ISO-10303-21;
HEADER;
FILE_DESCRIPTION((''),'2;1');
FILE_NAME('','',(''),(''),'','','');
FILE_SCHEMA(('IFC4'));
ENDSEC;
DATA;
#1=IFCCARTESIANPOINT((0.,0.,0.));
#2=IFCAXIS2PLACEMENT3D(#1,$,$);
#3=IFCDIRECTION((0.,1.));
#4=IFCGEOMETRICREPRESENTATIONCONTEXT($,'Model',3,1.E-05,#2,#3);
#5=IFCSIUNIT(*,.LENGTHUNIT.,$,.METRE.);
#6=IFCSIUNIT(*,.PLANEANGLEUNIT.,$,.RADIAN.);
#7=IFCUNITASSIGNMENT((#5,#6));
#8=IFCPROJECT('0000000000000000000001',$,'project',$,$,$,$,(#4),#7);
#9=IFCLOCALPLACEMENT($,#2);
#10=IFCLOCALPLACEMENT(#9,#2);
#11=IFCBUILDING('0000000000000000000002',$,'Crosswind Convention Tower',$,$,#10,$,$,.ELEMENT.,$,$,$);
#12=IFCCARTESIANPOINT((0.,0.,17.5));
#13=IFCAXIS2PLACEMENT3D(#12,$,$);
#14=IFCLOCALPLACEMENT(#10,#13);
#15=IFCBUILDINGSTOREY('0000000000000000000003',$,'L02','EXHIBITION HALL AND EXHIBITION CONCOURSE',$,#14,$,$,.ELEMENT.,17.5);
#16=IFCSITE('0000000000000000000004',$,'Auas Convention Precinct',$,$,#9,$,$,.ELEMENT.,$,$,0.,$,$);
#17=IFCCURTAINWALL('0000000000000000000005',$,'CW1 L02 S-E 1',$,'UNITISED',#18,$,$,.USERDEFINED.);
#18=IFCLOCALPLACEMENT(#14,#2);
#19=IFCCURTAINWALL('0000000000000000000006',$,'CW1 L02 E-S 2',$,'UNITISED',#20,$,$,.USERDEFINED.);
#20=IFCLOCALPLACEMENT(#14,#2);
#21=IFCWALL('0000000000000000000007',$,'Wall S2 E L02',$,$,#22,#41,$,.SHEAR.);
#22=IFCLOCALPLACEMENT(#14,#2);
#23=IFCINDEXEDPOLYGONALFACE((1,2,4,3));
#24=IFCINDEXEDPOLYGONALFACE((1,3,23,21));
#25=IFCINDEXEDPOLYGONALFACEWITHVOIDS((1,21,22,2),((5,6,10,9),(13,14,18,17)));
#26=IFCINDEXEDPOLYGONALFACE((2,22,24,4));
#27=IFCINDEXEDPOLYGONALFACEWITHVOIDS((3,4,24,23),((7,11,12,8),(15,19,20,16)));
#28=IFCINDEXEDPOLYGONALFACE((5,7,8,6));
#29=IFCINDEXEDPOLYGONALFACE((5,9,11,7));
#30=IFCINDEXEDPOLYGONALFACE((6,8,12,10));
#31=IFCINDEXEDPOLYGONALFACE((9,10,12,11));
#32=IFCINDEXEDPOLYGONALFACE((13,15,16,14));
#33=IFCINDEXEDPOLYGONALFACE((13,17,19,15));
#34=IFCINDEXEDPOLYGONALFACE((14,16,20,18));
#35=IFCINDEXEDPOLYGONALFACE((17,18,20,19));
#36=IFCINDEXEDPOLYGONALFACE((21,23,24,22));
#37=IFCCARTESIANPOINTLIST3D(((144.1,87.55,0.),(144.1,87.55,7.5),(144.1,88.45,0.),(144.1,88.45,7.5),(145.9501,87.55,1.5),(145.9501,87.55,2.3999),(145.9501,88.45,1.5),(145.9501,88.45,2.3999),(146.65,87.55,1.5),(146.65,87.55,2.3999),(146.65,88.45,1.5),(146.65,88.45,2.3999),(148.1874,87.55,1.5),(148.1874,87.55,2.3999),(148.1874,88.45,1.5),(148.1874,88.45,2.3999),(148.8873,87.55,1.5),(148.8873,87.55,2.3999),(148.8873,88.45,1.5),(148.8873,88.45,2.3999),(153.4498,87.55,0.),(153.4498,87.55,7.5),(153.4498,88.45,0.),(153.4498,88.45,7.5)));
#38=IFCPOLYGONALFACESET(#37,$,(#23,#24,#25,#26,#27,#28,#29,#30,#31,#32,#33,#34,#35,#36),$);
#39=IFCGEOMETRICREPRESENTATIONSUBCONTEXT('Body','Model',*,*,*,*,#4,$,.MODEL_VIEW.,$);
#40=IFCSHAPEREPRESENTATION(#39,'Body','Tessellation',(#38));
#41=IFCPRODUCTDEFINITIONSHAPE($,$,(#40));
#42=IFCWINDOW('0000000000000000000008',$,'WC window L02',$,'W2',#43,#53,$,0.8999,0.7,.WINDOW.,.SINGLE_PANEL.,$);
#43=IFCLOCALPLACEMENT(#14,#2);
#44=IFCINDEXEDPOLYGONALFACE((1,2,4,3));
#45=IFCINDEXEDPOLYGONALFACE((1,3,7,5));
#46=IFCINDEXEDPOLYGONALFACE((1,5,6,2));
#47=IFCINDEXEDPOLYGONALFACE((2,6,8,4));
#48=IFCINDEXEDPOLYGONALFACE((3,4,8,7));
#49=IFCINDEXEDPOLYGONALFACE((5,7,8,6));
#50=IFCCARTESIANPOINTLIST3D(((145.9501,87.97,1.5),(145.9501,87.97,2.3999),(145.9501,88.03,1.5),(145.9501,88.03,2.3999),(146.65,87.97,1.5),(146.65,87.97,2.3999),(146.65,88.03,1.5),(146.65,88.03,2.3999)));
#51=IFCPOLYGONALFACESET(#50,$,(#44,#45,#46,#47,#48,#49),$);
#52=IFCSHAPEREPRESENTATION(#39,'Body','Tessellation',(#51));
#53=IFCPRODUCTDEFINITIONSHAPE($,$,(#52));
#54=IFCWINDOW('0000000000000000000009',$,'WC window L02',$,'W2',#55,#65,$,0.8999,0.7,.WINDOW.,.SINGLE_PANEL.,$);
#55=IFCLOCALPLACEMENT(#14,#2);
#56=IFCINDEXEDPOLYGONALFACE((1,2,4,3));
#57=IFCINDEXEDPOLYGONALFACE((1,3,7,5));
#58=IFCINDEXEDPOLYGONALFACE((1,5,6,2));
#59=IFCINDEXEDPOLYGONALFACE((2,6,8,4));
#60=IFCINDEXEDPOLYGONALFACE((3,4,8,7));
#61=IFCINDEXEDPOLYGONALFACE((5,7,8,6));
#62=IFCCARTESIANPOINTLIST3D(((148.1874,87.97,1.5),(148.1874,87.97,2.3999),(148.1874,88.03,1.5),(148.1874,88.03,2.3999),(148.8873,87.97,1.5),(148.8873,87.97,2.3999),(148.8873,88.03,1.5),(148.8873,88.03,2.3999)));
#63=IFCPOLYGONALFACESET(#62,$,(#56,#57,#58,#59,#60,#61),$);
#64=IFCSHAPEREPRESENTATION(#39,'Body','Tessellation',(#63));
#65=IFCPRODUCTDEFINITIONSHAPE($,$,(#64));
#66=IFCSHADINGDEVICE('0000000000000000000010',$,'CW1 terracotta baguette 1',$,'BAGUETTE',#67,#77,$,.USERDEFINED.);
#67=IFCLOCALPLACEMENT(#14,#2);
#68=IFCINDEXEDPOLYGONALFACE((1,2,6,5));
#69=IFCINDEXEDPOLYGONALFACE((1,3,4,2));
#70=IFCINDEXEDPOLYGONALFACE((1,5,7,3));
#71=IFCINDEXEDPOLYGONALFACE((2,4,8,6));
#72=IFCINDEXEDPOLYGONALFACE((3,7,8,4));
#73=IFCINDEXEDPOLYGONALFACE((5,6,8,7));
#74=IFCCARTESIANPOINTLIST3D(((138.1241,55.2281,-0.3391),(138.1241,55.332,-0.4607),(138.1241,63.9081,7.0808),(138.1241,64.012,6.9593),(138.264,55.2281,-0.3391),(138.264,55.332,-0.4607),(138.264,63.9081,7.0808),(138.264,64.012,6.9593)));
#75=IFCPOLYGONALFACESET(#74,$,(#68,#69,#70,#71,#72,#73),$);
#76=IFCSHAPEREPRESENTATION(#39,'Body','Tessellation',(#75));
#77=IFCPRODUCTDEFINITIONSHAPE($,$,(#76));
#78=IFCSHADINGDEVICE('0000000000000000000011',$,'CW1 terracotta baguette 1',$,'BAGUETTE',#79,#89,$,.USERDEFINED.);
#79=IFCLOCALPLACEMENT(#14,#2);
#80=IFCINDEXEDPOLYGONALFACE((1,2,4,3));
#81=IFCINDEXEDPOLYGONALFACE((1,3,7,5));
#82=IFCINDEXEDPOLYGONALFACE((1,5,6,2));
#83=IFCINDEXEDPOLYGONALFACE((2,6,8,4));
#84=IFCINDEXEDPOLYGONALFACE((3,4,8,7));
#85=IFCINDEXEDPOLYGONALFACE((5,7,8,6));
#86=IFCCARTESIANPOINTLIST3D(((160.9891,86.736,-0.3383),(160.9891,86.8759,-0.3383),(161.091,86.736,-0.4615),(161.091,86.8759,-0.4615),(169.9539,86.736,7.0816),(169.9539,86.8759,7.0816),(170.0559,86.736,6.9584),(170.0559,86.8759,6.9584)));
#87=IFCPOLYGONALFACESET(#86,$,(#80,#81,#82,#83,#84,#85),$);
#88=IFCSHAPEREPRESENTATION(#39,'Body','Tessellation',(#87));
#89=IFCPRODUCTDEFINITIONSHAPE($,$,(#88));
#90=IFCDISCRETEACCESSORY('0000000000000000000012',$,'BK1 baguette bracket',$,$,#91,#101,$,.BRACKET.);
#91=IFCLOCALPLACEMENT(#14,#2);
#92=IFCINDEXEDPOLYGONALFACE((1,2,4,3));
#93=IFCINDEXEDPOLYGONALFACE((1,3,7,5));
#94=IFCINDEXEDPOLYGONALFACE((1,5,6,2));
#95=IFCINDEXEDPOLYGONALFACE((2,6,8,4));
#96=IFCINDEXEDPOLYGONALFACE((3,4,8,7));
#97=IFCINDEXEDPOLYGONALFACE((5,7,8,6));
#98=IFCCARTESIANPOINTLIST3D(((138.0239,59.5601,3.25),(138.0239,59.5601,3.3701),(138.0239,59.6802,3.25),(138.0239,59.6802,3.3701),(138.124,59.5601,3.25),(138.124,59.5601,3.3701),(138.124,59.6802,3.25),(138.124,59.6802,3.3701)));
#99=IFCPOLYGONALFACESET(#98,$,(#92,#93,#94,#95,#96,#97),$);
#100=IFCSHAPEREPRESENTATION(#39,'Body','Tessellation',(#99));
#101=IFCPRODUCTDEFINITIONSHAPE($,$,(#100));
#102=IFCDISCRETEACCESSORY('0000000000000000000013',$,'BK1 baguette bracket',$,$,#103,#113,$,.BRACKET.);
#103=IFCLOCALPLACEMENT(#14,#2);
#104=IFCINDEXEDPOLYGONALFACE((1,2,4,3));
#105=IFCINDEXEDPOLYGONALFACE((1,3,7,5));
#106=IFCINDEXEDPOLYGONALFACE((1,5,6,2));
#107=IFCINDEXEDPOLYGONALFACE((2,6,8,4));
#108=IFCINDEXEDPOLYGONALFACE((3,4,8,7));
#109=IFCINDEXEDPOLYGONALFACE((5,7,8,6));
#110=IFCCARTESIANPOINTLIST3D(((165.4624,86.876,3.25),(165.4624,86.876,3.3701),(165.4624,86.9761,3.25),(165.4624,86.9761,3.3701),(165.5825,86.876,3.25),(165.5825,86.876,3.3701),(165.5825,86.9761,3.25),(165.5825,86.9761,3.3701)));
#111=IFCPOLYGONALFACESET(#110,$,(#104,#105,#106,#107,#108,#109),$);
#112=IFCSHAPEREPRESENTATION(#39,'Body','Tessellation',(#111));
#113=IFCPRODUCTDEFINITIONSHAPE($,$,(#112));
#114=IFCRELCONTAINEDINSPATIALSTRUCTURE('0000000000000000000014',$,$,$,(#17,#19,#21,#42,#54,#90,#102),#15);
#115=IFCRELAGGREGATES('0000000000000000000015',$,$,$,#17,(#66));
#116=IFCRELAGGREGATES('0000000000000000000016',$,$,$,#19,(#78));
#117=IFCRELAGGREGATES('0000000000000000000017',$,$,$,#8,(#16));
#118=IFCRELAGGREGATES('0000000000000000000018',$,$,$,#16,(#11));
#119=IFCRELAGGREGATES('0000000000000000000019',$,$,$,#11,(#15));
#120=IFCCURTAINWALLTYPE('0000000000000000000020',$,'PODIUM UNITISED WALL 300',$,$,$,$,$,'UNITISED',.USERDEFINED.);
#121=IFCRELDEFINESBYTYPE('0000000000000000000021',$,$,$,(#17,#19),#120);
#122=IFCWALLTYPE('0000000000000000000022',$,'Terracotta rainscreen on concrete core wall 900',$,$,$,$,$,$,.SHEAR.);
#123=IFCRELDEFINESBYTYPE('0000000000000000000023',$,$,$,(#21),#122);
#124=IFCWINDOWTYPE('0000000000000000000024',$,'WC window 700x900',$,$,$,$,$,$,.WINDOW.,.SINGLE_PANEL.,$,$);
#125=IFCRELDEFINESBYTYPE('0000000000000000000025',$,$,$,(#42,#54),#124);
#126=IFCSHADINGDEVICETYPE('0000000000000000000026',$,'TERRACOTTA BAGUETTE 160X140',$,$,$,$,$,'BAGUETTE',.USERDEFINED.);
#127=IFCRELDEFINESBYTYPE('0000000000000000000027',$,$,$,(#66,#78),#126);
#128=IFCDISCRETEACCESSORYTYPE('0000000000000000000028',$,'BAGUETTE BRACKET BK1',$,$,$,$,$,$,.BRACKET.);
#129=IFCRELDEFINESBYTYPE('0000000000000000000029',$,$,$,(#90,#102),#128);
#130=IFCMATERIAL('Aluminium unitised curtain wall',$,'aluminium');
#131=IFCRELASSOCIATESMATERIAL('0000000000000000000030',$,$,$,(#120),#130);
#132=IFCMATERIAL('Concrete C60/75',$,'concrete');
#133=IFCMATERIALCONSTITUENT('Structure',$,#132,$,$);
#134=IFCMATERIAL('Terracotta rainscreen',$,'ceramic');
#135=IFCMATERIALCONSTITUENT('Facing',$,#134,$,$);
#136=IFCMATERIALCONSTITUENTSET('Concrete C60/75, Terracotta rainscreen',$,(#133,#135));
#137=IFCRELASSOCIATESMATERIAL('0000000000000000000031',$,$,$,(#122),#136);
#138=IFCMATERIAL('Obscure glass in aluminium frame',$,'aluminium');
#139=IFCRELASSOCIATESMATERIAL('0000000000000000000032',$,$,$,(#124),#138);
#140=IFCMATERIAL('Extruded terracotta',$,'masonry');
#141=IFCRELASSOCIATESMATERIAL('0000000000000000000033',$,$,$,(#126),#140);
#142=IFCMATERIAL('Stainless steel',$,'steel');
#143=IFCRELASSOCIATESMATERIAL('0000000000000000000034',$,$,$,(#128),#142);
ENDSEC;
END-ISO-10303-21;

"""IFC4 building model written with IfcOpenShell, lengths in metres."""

from ifc_helpers import new_model, si_unit, direction, frame, frame_2d, origin, origin_2d, place, context, subcontext, project, spatial, rectangle, extrude, material, constituent, constituent_set, material_profile, profile_set, type_object, element, fill, aggregate, save


model = new_model("IFC4")

# Units and contexts
model_context = context("Model", 3, precision=1e-05, world=origin(), true_north=direction((0.0, 1.0)))
body_context = subcontext(model_context, "Body", "Model", "MODEL_VIEW")
ifc_project = project(units=[si_unit("LENGTHUNIT", "METRE"), si_unit("PLANEANGLEUNIT", "RADIAN")], contexts=[model_context])

# Site, building, storey
site_placement = place(None, origin())
site = spatial("IfcSite", under=ifc_project, at=site_placement, Name="Auas Convention Precinct", CompositionType="ELEMENT", RefElevation=0.0)
building_placement = place(site_placement, origin())
building = spatial("IfcBuilding", under=site, at=building_placement, Name="Crosswind Convention Tower", CompositionType="ELEMENT")
storey_placement = place(building_placement, frame((0.0, 0.0, 17.5)))
storey = spatial("IfcBuildingStorey", under=building, at=storey_placement, Name="L02", Description="EXHIBITION HALL AND EXHIBITION CONCOURSE", CompositionType="ELEMENT", Elevation=17.5)

# Shared definitions
ifc_material_1 = material(Name="Concrete C60/75", Category="concrete")

# Curtain walls
ifc_material_2 = material(Name="Aluminium unitised curtain wall", Category="aluminium")
curtain_wall_type_1 = type_object("IfcCurtainWallType", Name="PODIUM UNITISED WALL 300", ElementType="UNITISED", PredefinedType="USERDEFINED", material=ifc_material_2)
curtain_wall_1_placement = place(storey_placement, origin())
curtain_wall_1 = element("IfcCurtainWall", 1, at=curtain_wall_1_placement, inside=storey, type_object=curtain_wall_type_1, Name="CW1 L02 S-E 1", ObjectType="UNITISED", PredefinedType="USERDEFINED")
curtain_wall_2_placement = place(storey_placement, origin())
curtain_wall_2 = element("IfcCurtainWall", 2, at=curtain_wall_2_placement, inside=storey, type_object=curtain_wall_type_1, Name="CW1 L02 E-S 2", ObjectType="UNITISED", PredefinedType="USERDEFINED")

# Shared definitions
ifc_material_3 = material(Name="Terracotta rainscreen", Category="ceramic")

# Wall, openings, windows
ifc_constituent_1 = constituent(ifc_material_1, Name="Structure")
ifc_constituent_2 = constituent(ifc_material_3, Name="Facing")
ifc_constituent_set = constituent_set(constituents=[ifc_constituent_1, ifc_constituent_2], Name="Concrete C60/75, Terracotta rainscreen")
wall_type_1 = type_object("IfcWallType", Name="Terracotta rainscreen on concrete core wall 900", PredefinedType="SHEAR", material=ifc_constituent_set)
wall_1_placement = place(storey_placement, frame((144.1001, 88.0, 0.0), z_axis=(0.0, 0.0, 1.0), x_axis=(1.0, 0.0, 0.0)))
wall_1 = element("IfcWall", 3, at=wall_1_placement, inside=storey, type_object=wall_type_1, Name="Wall S2 E L02", PredefinedType="SHEAR", context=body_context, shape_type="SweptSolid", body=[
    extrude(rectangle(XDim=9.3499, YDim=0.8999, at=frame_2d((4.6748, 0.0))), origin(), (0.0, 0.0, 1.0), 7.5),
])
opening_1_placement = place(wall_1_placement, frame((1.8499, 0.0, 1.5)))
opening_1 = element("IfcOpeningElement", 4, at=opening_1_placement, cuts=wall_1, PredefinedType="OPENING", context=body_context, shape_type="SweptSolid", body=[
    extrude(rectangle(XDim=0.7, YDim=0.8999, at=frame_2d((0.3501, 0.45))), frame((0.0, 0.46, 0.0), z_axis=(0.0, -1.0, 0.0), x_axis=(1.0, 0.0, 0.0)), (0.0, 0.0, 1.0), 0.9199),
])
opening_2_placement = place(wall_1_placement, frame((4.0872, 0.0, 1.5)))
opening_2 = element("IfcOpeningElement", 5, at=opening_2_placement, cuts=wall_1, PredefinedType="OPENING", context=body_context, shape_type="SweptSolid", body=[
    extrude(rectangle(XDim=0.7, YDim=0.8999, at=frame_2d((0.3501, 0.45))), frame((0.0, 0.46, 0.0), z_axis=(0.0, -1.0, 0.0), x_axis=(1.0, 0.0, 0.0)), (0.0, 0.0, 1.0), 0.9199),
])
ifc_material_4 = material(Name="Obscure glass in aluminium frame", Category="aluminium")
window_type = type_object("IfcWindowType", Name="WC window 700x900", PartitioningType="SINGLE_PANEL", PredefinedType="WINDOW", material=ifc_material_4)
window_1_placement = place(opening_1_placement, origin())
window_1 = element("IfcWindow", 6, at=window_1_placement, inside=storey, type_object=window_type, Name="WC window L02", ObjectType="W2", OverallHeight=0.8999, OverallWidth=0.7, PartitioningType="SINGLE_PANEL", PredefinedType="WINDOW", context=body_context, shape_type="SweptSolid", body=[
    extrude(rectangle(XDim=0.7, YDim=0.8999, at=frame_2d((0.3501, 0.45))), frame((0.0, 0.03, 0.0), z_axis=(0.0, -1.0, 0.0), x_axis=(1.0, 0.0, 0.0)), (0.0, 0.0, 1.0), 0.0601),
])
fill(opening_1, window_1)
window_2_placement = place(opening_2_placement, origin())
window_2 = element("IfcWindow", 7, at=window_2_placement, inside=storey, type_object=window_type, Name="WC window L02", ObjectType="W2", OverallHeight=0.8999, OverallWidth=0.7, PartitioningType="SINGLE_PANEL", PredefinedType="WINDOW", context=body_context, shape_type="SweptSolid", body=[
    extrude(rectangle(XDim=0.7, YDim=0.8999, at=frame_2d((0.3501, 0.45))), frame((0.0, 0.03, 0.0), z_axis=(0.0, -1.0, 0.0), x_axis=(1.0, 0.0, 0.0)), (0.0, 0.0, 1.0), 0.0601),
])
fill(opening_2, window_2)

# Shading devices
ifc_material_5 = material(Name="Extruded terracotta", Category="masonry")
ifc_material_profile_1 = material_profile(ifc_material_5, rectangle(XDim=0.1399, YDim=0.1599, at=origin_2d()), Name="TC 140X160")
ifc_profile_set_1 = profile_set([ifc_material_profile_1], Name="Extruded terracotta")
shading_device_type = type_object("IfcShadingDeviceType", Name="TERRACOTTA BAGUETTE 160X140", ElementType="BAGUETTE", PredefinedType="USERDEFINED", material=ifc_profile_set_1)
shading_device_1_placement = place(storey_placement, frame((138.1941, 55.28, -0.3999), z_axis=(0.0, 0.760122, 0.64978), x_axis=(-1.0, 0.0, 0.0)))
shading_device_1 = element("IfcShadingDevice", 8, at=shading_device_1_placement, type_object=shading_device_type, Name="CW1 terracotta baguette 1", ObjectType="BAGUETTE", PredefinedType="USERDEFINED", context=body_context, shape_type="SweptSolid", body=[
    extrude(rectangle(XDim=0.1399, YDim=0.1599, at=origin_2d()), origin(), (0.0, 0.0, 1.0), 11.4192),
])
aggregate(curtain_wall_1, [shading_device_1])
shading_device_2_placement = place(storey_placement, frame((161.04, 86.8059, -0.3999), z_axis=(0.770363, 0.0, 0.637605), x_axis=(0.0, 1.0, 0.0)))
shading_device_2 = element("IfcShadingDevice", 9, at=shading_device_2_placement, type_object=shading_device_type, Name="CW1 terracotta baguette 1", ObjectType="BAGUETTE", PredefinedType="USERDEFINED", context=body_context, shape_type="SweptSolid", body=[
    extrude(rectangle(XDim=0.1399, YDim=0.1599, at=origin_2d()), origin(), (0.0, 0.0, 1.0), 11.6372),
])
aggregate(curtain_wall_2, [shading_device_2])

# Discrete accessories
ifc_material_6 = material(Name="Stainless steel", Category="steel")
discrete_accessory_type = type_object("IfcDiscreteAccessoryType", Name="BAGUETTE BRACKET BK1", PredefinedType="BRACKET", material=ifc_material_6)
for number, where, z_axis, x_axis, name in (
    (10, (138.074, 59.6201, 3.25), (0.0, 0.0, 1.0), (0.0, 1.0, 0.0), "BK1 baguette bracket"),
    (11, (165.5225, 86.926, 3.25), (0.0, 0.0, 1.0), (1.0, 0.0, 0.0), "BK1 baguette bracket"),
):
    element("IfcDiscreteAccessory", number, at=place(storey_placement, frame(where, z_axis=z_axis, x_axis=x_axis)), inside=storey, type_object=discrete_accessory_type, Name=name, PredefinedType="BRACKET", context=body_context, shape_type="SweptSolid", body=[
        extrude(rectangle(XDim=0.1201, YDim=0.1001, at=origin_2d()), origin(), (0.0, 0.0, 1.0), 0.1201),
    ])

save(model, "model.ifc")
